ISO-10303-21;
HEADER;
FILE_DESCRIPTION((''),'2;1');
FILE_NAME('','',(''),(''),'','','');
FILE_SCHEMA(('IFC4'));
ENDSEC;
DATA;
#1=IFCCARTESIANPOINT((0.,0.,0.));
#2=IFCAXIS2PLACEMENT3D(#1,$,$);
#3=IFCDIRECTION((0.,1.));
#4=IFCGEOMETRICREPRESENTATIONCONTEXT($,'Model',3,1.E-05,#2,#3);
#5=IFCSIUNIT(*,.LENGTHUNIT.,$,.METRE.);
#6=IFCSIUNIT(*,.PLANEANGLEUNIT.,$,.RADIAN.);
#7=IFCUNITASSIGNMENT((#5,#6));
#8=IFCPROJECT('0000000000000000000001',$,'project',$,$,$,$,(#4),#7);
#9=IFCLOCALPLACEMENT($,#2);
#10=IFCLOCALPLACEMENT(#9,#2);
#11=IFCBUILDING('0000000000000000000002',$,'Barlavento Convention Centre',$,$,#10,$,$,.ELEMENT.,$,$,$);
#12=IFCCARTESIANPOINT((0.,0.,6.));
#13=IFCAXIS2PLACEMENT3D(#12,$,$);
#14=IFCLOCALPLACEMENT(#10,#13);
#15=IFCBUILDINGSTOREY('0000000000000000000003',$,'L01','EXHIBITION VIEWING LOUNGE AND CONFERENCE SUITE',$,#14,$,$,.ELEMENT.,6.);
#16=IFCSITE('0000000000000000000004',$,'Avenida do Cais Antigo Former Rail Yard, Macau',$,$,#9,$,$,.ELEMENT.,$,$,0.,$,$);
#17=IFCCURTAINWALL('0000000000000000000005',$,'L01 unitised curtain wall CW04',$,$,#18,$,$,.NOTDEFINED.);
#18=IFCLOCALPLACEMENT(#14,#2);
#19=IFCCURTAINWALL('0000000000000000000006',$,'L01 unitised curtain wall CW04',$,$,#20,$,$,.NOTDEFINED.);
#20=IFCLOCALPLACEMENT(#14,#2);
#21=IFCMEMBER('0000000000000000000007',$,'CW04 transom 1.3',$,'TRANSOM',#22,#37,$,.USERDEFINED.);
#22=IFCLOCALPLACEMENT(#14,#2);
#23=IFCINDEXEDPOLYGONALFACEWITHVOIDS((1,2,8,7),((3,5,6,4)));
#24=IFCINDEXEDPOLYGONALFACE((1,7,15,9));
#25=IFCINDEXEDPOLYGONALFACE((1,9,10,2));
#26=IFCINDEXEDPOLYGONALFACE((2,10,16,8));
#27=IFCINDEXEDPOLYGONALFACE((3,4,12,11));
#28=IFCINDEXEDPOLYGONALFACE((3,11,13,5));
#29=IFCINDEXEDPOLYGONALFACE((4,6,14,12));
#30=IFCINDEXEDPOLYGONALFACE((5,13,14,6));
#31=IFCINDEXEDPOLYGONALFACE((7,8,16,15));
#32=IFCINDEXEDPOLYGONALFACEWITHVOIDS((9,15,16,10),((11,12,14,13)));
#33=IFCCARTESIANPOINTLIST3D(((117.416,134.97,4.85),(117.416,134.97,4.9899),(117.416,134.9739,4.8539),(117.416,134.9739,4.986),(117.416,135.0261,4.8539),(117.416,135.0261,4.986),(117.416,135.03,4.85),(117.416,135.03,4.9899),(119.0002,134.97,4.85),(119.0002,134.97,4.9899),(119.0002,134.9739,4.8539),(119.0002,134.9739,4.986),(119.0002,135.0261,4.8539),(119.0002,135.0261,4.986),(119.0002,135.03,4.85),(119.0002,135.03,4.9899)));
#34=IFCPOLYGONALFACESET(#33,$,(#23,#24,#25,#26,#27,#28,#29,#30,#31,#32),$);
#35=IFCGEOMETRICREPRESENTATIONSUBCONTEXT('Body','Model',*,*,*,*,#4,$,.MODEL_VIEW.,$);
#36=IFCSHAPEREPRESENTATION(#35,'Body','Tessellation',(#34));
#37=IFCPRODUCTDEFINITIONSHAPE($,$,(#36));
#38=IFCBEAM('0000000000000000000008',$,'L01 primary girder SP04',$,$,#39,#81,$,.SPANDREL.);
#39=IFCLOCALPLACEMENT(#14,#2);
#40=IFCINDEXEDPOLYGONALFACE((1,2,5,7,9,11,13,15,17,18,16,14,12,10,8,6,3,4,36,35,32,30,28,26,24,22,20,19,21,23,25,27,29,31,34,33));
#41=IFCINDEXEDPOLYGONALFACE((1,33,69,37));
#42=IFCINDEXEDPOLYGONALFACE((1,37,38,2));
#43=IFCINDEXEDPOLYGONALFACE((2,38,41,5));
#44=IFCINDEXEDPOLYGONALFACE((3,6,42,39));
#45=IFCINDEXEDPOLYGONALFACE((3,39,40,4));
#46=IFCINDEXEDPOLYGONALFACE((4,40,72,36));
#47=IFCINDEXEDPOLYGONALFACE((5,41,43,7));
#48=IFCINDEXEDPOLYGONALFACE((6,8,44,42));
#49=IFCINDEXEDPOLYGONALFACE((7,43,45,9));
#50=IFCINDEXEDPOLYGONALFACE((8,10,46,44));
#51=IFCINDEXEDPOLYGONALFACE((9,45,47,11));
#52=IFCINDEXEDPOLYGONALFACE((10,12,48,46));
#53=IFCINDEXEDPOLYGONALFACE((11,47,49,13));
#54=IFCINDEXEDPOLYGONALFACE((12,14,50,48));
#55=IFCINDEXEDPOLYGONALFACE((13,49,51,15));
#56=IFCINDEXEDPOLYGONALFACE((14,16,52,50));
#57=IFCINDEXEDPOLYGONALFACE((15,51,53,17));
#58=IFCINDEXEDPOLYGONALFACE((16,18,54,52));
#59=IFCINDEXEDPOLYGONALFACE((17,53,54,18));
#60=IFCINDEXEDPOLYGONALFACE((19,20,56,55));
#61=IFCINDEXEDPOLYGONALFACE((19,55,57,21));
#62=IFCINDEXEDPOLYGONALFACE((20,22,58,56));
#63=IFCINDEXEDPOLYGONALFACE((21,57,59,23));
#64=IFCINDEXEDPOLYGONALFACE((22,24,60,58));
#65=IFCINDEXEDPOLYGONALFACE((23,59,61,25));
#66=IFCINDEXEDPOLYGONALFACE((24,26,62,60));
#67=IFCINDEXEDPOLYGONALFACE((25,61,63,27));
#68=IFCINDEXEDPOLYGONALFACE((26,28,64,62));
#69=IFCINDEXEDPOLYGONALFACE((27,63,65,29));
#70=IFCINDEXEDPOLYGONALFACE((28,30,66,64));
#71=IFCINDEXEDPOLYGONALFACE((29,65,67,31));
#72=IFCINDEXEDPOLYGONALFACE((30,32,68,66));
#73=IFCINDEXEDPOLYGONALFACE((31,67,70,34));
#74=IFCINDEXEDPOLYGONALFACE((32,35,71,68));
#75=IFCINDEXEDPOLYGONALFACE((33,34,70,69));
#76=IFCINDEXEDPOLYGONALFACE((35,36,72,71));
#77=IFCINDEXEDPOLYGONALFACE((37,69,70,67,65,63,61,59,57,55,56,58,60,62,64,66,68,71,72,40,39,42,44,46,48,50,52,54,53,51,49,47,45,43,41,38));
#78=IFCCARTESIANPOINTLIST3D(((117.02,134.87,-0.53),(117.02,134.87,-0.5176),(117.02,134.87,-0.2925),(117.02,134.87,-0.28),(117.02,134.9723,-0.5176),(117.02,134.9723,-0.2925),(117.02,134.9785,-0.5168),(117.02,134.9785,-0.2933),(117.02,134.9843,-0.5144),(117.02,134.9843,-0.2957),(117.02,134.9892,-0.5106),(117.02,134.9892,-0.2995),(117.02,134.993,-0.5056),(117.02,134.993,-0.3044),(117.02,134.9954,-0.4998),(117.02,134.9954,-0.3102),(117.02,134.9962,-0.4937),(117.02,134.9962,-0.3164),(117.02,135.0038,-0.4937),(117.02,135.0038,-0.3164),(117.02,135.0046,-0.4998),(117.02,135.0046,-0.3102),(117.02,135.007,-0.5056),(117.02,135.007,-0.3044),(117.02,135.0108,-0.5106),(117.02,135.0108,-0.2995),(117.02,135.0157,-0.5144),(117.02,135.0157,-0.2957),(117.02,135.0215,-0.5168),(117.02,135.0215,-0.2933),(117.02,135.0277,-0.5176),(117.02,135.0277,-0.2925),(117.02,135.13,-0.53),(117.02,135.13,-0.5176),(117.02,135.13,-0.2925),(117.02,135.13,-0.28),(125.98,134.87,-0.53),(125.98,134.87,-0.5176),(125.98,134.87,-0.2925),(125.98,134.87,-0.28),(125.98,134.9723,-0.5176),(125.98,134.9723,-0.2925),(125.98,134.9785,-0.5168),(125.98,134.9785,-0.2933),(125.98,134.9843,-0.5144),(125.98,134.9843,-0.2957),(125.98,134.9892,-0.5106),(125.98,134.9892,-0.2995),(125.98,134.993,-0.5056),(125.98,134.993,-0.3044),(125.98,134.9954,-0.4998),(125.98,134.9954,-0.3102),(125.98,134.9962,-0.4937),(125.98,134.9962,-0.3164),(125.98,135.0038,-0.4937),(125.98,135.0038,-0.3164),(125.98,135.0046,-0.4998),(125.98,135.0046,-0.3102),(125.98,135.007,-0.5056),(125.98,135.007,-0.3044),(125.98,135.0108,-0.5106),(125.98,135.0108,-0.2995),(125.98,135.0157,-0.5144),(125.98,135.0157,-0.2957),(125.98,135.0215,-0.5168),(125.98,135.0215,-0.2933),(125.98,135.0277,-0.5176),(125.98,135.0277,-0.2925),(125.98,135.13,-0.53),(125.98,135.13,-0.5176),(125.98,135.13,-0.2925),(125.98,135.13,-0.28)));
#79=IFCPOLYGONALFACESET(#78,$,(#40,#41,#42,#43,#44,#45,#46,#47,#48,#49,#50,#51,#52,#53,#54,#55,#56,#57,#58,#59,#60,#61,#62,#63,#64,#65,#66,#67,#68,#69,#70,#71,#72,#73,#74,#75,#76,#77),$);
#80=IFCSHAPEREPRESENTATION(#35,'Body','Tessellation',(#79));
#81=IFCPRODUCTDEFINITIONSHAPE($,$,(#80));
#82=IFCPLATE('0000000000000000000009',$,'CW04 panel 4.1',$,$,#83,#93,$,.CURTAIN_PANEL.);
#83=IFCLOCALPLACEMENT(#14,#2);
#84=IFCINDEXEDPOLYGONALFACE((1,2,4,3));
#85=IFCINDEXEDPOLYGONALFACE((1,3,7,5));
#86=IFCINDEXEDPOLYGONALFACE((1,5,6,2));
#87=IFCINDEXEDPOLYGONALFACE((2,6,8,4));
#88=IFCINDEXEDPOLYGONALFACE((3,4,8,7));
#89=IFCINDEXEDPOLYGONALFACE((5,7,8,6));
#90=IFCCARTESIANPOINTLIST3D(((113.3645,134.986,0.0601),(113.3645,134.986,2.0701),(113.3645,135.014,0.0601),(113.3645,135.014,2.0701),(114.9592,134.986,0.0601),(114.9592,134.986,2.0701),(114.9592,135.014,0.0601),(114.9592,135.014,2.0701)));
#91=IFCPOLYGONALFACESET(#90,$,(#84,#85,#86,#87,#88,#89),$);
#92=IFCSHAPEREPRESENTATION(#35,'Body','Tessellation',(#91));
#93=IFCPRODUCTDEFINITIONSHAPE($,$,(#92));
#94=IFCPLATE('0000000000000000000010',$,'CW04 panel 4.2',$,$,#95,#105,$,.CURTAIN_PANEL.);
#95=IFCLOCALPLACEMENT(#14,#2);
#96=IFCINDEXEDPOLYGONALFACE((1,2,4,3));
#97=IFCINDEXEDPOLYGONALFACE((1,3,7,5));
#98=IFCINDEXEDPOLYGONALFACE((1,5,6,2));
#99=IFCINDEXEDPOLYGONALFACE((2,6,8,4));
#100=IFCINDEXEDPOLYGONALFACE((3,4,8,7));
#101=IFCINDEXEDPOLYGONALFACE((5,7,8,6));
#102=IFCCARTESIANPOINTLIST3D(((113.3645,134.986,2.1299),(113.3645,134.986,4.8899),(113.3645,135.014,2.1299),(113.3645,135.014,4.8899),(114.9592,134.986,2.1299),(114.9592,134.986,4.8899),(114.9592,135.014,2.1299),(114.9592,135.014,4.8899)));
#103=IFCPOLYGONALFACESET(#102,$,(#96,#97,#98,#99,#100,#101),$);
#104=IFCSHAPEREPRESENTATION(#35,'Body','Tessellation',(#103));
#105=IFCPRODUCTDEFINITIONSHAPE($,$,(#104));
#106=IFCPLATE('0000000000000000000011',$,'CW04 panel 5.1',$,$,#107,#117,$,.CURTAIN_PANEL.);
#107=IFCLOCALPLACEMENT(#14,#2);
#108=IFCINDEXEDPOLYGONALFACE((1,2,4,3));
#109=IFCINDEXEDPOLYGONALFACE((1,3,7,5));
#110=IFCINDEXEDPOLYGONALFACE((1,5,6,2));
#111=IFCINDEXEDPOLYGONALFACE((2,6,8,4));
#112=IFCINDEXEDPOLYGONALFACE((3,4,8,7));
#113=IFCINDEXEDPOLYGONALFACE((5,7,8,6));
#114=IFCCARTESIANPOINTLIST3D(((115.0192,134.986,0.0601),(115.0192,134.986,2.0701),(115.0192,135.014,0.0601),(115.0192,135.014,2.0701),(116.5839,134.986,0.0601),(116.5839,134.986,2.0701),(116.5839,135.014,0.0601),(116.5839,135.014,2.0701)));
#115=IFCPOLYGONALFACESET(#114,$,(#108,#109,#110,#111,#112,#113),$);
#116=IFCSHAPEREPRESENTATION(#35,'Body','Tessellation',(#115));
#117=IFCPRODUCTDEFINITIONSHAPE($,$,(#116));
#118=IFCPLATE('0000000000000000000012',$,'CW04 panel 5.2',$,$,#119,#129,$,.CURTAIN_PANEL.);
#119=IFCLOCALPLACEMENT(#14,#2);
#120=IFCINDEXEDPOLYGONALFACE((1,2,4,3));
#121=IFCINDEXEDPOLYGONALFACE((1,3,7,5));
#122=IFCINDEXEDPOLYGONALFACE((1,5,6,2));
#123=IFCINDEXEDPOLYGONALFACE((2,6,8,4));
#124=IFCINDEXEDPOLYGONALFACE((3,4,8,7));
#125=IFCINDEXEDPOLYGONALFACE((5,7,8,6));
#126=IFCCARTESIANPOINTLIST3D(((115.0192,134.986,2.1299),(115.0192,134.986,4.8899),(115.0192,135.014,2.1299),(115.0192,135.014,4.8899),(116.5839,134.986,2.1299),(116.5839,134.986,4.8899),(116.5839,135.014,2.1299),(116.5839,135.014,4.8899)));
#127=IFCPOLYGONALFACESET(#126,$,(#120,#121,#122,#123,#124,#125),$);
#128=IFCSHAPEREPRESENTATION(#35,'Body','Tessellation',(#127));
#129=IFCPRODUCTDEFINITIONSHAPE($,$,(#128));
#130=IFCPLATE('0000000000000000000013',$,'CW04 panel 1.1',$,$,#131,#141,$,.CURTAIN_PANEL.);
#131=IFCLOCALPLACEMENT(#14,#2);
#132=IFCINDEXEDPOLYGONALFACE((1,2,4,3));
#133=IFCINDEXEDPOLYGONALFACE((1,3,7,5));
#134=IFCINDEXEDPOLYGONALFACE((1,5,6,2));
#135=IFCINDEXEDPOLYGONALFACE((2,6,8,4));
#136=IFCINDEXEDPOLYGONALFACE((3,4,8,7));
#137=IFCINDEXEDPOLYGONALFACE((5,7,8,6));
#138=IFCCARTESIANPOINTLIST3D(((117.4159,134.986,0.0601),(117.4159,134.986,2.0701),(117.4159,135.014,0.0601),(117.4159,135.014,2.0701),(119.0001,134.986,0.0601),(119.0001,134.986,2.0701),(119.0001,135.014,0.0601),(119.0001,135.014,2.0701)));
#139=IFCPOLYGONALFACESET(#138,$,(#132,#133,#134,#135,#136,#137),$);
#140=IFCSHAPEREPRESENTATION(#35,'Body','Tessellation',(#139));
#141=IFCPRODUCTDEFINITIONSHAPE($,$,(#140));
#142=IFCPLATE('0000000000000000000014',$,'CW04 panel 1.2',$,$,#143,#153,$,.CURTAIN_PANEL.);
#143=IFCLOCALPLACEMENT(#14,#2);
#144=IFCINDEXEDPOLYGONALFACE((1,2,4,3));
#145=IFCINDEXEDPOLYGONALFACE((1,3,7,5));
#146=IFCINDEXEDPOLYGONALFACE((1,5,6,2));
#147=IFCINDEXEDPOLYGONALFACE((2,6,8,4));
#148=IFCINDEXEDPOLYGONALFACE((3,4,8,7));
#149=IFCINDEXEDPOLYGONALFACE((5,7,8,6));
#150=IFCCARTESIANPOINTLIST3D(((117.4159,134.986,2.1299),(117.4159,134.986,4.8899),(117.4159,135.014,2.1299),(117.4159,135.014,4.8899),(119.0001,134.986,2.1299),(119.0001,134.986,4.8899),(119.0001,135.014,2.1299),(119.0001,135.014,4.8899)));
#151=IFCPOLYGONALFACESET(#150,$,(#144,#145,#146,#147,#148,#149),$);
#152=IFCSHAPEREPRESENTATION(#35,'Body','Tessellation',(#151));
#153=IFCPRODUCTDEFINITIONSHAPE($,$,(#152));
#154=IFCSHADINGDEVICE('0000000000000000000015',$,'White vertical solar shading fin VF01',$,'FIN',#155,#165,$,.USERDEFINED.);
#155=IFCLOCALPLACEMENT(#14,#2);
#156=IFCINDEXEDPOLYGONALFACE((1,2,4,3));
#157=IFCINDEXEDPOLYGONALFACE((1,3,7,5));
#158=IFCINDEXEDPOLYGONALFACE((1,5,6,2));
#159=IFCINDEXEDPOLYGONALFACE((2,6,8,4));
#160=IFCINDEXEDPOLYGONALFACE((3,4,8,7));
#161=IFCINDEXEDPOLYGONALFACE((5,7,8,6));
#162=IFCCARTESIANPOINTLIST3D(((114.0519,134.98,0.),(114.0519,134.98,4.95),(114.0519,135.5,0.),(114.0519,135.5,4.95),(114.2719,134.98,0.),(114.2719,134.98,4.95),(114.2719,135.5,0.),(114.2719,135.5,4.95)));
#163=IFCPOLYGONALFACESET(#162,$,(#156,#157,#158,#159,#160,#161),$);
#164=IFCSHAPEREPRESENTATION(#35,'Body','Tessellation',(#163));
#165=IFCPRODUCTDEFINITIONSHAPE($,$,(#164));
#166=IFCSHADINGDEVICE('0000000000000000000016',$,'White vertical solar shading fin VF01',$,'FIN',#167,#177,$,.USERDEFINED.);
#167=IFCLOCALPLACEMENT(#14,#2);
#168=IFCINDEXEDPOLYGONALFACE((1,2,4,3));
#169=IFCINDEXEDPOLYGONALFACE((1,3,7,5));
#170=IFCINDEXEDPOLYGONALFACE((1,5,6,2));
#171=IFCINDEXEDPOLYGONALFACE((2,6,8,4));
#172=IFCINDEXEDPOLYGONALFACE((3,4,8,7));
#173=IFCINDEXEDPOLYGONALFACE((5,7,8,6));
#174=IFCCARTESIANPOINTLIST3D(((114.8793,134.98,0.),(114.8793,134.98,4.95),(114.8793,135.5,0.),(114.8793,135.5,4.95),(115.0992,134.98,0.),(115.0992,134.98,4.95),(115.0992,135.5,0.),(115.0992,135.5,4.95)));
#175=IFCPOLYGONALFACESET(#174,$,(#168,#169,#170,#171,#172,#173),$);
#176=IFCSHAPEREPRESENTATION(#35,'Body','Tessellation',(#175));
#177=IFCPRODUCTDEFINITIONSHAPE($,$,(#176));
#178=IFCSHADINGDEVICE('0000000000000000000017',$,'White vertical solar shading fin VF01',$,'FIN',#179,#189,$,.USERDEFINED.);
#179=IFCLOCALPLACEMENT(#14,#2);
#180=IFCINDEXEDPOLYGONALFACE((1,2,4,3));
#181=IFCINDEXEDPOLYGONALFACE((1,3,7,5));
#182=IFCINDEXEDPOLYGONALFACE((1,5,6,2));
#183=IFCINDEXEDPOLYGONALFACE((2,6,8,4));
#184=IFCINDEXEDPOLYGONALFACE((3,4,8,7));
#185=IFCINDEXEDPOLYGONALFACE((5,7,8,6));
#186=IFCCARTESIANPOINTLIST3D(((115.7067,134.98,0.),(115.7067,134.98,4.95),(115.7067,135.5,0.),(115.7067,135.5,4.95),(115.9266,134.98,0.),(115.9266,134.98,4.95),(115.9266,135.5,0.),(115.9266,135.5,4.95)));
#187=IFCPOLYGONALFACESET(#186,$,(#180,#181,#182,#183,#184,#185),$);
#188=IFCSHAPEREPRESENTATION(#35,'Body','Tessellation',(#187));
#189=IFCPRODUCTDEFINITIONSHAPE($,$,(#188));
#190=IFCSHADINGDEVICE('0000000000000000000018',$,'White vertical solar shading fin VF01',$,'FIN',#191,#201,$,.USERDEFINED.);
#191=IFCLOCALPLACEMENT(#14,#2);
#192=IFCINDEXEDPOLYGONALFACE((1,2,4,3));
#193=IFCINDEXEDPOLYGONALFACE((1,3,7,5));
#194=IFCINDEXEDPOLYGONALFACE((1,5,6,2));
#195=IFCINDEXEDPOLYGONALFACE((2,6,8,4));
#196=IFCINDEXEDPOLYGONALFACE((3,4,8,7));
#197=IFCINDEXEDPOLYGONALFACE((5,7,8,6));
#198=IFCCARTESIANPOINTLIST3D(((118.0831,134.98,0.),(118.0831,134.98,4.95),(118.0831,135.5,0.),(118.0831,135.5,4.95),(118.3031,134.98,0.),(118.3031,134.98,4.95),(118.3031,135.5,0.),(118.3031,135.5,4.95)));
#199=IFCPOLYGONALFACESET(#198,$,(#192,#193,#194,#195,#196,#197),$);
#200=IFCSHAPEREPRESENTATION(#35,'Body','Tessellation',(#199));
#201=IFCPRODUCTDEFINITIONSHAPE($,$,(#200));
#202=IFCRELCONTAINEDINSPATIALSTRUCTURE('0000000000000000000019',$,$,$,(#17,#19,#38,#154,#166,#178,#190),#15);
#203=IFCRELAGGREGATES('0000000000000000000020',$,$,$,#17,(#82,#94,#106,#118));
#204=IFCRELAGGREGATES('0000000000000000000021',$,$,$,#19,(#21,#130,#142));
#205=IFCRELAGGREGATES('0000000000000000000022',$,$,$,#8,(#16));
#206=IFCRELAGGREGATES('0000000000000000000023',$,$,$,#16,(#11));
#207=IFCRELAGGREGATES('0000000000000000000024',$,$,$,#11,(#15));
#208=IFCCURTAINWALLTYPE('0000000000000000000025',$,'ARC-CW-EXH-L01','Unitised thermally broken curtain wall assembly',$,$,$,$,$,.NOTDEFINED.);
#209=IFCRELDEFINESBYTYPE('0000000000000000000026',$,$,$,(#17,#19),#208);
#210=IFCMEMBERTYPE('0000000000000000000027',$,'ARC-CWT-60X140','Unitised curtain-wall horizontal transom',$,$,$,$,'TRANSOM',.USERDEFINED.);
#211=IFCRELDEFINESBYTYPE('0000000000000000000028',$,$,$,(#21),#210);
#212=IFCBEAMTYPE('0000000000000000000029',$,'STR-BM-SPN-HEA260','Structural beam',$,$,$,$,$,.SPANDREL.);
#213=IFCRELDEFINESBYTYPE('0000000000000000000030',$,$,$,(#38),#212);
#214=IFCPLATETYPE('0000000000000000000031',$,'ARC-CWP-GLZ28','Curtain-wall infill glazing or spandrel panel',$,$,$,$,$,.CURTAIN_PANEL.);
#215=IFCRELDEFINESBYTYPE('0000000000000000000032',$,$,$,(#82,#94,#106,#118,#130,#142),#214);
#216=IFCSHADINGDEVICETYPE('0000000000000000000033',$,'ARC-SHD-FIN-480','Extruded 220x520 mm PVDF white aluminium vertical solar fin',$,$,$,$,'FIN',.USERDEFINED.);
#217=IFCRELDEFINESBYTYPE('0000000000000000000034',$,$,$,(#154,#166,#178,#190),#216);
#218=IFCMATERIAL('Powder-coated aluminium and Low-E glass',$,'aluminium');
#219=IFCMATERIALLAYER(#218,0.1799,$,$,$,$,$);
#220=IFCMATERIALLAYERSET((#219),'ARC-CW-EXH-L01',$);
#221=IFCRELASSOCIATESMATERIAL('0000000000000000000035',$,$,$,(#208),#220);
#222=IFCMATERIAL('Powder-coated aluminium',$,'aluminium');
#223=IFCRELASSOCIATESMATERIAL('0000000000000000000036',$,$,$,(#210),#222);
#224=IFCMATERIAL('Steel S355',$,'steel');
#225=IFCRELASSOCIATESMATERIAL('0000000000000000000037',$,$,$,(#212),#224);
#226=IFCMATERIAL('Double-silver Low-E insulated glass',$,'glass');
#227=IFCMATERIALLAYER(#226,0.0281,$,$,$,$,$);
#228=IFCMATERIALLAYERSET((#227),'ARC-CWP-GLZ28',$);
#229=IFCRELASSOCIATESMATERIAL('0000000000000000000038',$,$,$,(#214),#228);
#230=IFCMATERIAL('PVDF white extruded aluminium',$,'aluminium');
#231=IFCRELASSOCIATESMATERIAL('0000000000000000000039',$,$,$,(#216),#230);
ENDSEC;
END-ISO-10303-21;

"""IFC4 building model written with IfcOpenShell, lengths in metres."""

from ifc_helpers import new_model, si_unit, direction, frame, origin, origin_2d, place, context, subcontext, project, spatial, rectangle, hollow_rectangle, i_section, extrude, material, layer, layer_set, material_profile, profile_set, type_object, element, aggregate, save


model = new_model("IFC4")

# Units and contexts
model_context = context("Model", 3, precision=1e-05, world=origin(), true_north=direction((0.0, 1.0)))
body_context = subcontext(model_context, "Body", "Model", "MODEL_VIEW")
ifc_project = project(units=[si_unit("LENGTHUNIT", "METRE"), si_unit("PLANEANGLEUNIT", "RADIAN")], contexts=[model_context])

# Site, building, storey
site_placement = place(None, origin())
site = spatial("IfcSite", under=ifc_project, at=site_placement, Name="Avenida do Cais Antigo Former Rail Yard, Macau", CompositionType="ELEMENT", RefElevation=0.0)
building_placement = place(site_placement, origin())
building = spatial("IfcBuilding", under=site, at=building_placement, Name="Barlavento Convention Centre", CompositionType="ELEMENT")
storey_placement = place(building_placement, frame((0.0, 0.0, 6.0)))
storey = spatial("IfcBuildingStorey", under=building, at=storey_placement, Name="L01", Description="EXHIBITION VIEWING LOUNGE AND CONFERENCE SUITE", CompositionType="ELEMENT", Elevation=6.0)

# Shared definitions
ifc_material_1 = material(Name="Steel S355", Category="steel")

# Curtain wall
ifc_material_2 = material(Name="Powder-coated aluminium and Low-E glass", Category="aluminium")
ifc_layer_1 = layer(ifc_material_2, 0.1799)
ifc_layer_set_1 = layer_set([ifc_layer_1], Name="ARC-CW-EXH-L01")
curtain_wall_type = type_object("IfcCurtainWallType", Name="ARC-CW-EXH-L01", Description="Unitised thermally broken curtain wall assembly", PredefinedType="NOTDEFINED", material=ifc_layer_set_1)
curtain_wall_1_placement = place(storey_placement, origin())
curtain_wall_1 = element("IfcCurtainWall", 1, at=curtain_wall_1_placement, inside=storey, type_object=curtain_wall_type, Name="L01 unitised curtain wall CW04", PredefinedType="NOTDEFINED")
ifc_material_3 = material(Name="Powder-coated aluminium", Category="aluminium")

# Curtain wall
curtain_wall_2_placement = place(storey_placement, origin())
curtain_wall_2 = element("IfcCurtainWall", 2, at=curtain_wall_2_placement, inside=storey, type_object=curtain_wall_type, Name="L01 unitised curtain wall CW04", PredefinedType="NOTDEFINED")

# Member
ifc_material_profile_1 = material_profile(ifc_material_3, hollow_rectangle(XDim=0.0601, YDim=0.1399, WallThickness=0.0039, at=origin_2d()), Name="AL-TRAN 60x140x4")
ifc_profile_set_1 = profile_set([ifc_material_profile_1], Name="Powder-coated aluminium")
member_type_1 = type_object("IfcMemberType", Name="ARC-CWT-60X140", Description="Unitised curtain-wall horizontal transom", ElementType="TRANSOM", PredefinedType="USERDEFINED", material=ifc_profile_set_1)
member_1_placement = place(storey_placement, frame((117.416, 135.0, 4.9199), z_axis=(1.0, 0.0, 0.0), x_axis=(0.0, 1.0, 0.0)))
member_1 = element("IfcMember", 3, at=member_1_placement, type_object=member_type_1, Name="CW04 transom 1.3", ObjectType="TRANSOM", PredefinedType="USERDEFINED", context=body_context, shape_type="SweptSolid", body=[
    extrude(hollow_rectangle(XDim=0.0601, YDim=0.1399, WallThickness=0.0039, at=origin_2d()), origin(), (0.0, 0.0, 1.0), 1.5842),
])

# Beam
ifc_material_profile_2 = material_profile(ifc_material_1, i_section(OverallWidth=0.26, OverallDepth=0.25, WebThickness=0.0076, FlangeThickness=0.0125, FilletRadius=0.0239, at=origin_2d()), Name="HEA 260")
ifc_profile_set_2 = profile_set([ifc_material_profile_2], Name="Steel S355")
beam_type = type_object("IfcBeamType", Name="STR-BM-SPN-HEA260", Description="Structural beam", PredefinedType="SPANDREL", material=ifc_profile_set_2)
beam_placement = place(storey_placement, frame((117.02, 135.0, -0.405), z_axis=(1.0, 0.0, 0.0), x_axis=(0.0, 1.0, 0.0)))
element("IfcBeam", 4, at=beam_placement, inside=storey, type_object=beam_type, Name="L01 primary girder SP04", PredefinedType="SPANDREL", context=body_context, shape_type="SweptSolid", body=[
    extrude(i_section(OverallWidth=0.26, OverallDepth=0.25, WebThickness=0.0076, FlangeThickness=0.0125, FilletRadius=0.0239, at=origin_2d()), origin(), (0.0, 0.0, 1.0), 8.96),
])

# Plates
ifc_material_4 = material(Name="Double-silver Low-E insulated glass", Category="glass")
ifc_layer_2 = layer(ifc_material_4, 0.0281)
ifc_layer_set_2 = layer_set([ifc_layer_2], Name="ARC-CWP-GLZ28")
plate_type = type_object("IfcPlateType", Name="ARC-CWP-GLZ28", Description="Curtain-wall infill glazing or spandrel panel", PredefinedType="CURTAIN_PANEL", material=ifc_layer_set_2)
plate_1_placement = place(storey_placement, frame((114.1619, 135.0, 0.0601), z_axis=(0.0, 0.0, 1.0), x_axis=(1.0, 0.0, 0.0)))
plate_1 = element("IfcPlate", 5, at=plate_1_placement, type_object=plate_type, Name="CW04 panel 4.1", PredefinedType="CURTAIN_PANEL", context=body_context, shape_type="SweptSolid", body=[
    extrude(rectangle(XDim=1.5947, YDim=0.0281, at=origin_2d()), origin(), (0.0, 0.0, 1.0), 2.01),
])
plate_2_placement = place(storey_placement, frame((114.1619, 135.0, 2.1299), z_axis=(0.0, 0.0, 1.0), x_axis=(1.0, 0.0, 0.0)))
plate_2 = element("IfcPlate", 6, at=plate_2_placement, type_object=plate_type, Name="CW04 panel 4.2", PredefinedType="CURTAIN_PANEL", context=body_context, shape_type="SweptSolid", body=[
    extrude(rectangle(XDim=1.5947, YDim=0.0281, at=origin_2d()), origin(), (0.0, 0.0, 1.0), 2.76),
])
plate_3_placement = place(storey_placement, frame((115.8015, 135.0, 0.0601), z_axis=(0.0, 0.0, 1.0), x_axis=(1.0, 0.0, 0.0)))
plate_3 = element("IfcPlate", 7, at=plate_3_placement, type_object=plate_type, Name="CW04 panel 5.1", PredefinedType="CURTAIN_PANEL", context=body_context, shape_type="SweptSolid", body=[
    extrude(rectangle(XDim=1.5647, YDim=0.0281, at=origin_2d()), origin(), (0.0, 0.0, 1.0), 2.01),
])
plate_4_placement = place(storey_placement, frame((115.8015, 135.0, 2.1299), z_axis=(0.0, 0.0, 1.0), x_axis=(1.0, 0.0, 0.0)))
plate_4 = element("IfcPlate", 8, at=plate_4_placement, type_object=plate_type, Name="CW04 panel 5.2", PredefinedType="CURTAIN_PANEL", context=body_context, shape_type="SweptSolid", body=[
    extrude(rectangle(XDim=1.5647, YDim=0.0281, at=origin_2d()), origin(), (0.0, 0.0, 1.0), 2.76),
])
aggregate(curtain_wall_1, [plate_1, plate_2, plate_3, plate_4])
plate_5_placement = place(storey_placement, frame((118.208, 135.0, 0.0601), z_axis=(0.0, 0.0, 1.0), x_axis=(1.0, 0.0, 0.0)))
plate_5 = element("IfcPlate", 9, at=plate_5_placement, type_object=plate_type, Name="CW04 panel 1.1", PredefinedType="CURTAIN_PANEL", context=body_context, shape_type="SweptSolid", body=[
    extrude(rectangle(XDim=1.5842, YDim=0.0281, at=origin_2d()), origin(), (0.0, 0.0, 1.0), 2.01),
])
plate_6_placement = place(storey_placement, frame((118.208, 135.0, 2.1299), z_axis=(0.0, 0.0, 1.0), x_axis=(1.0, 0.0, 0.0)))
plate_6 = element("IfcPlate", 10, at=plate_6_placement, type_object=plate_type, Name="CW04 panel 1.2", PredefinedType="CURTAIN_PANEL", context=body_context, shape_type="SweptSolid", body=[
    extrude(rectangle(XDim=1.5842, YDim=0.0281, at=origin_2d()), origin(), (0.0, 0.0, 1.0), 2.76),
])
aggregate(curtain_wall_2, [member_1, plate_5, plate_6])

# Shading devices
ifc_material_5 = material(Name="PVDF white extruded aluminium", Category="aluminium")
shading_device_type = type_object("IfcShadingDeviceType", Name="ARC-SHD-FIN-480", Description="Extruded 220x520 mm PVDF white aluminium vertical solar fin", ElementType="FIN", PredefinedType="USERDEFINED", material=ifc_material_5)
for number, where, z_axis, x_axis, name in (
    (11, (114.1619, 135.24, 0.0), (0.0, 0.0, 1.0), (1.0, 0.0, 0.0), "White vertical solar shading fin VF01"),
    (12, (114.9893, 135.24, 0.0), (0.0, 0.0, 1.0), (1.0, 0.0, 0.0), "White vertical solar shading fin VF01"),
    (13, (115.8167, 135.24, 0.0), (0.0, 0.0, 1.0), (1.0, 0.0, 0.0), "White vertical solar shading fin VF01"),
    (14, (118.1931, 135.24, 0.0), (0.0, 0.0, 1.0), (1.0, 0.0, 0.0), "White vertical solar shading fin VF01"),
):
    element("IfcShadingDevice", number, at=place(storey_placement, frame(where, z_axis=z_axis, x_axis=x_axis)), inside=storey, type_object=shading_device_type, Name=name, ObjectType="FIN", PredefinedType="USERDEFINED", context=body_context, shape_type="SweptSolid", body=[
        extrude(rectangle(XDim=0.22, YDim=0.52, at=origin_2d()), origin(), (0.0, 0.0, 1.0), 4.95),
    ])

save(model, "model.ifc")
